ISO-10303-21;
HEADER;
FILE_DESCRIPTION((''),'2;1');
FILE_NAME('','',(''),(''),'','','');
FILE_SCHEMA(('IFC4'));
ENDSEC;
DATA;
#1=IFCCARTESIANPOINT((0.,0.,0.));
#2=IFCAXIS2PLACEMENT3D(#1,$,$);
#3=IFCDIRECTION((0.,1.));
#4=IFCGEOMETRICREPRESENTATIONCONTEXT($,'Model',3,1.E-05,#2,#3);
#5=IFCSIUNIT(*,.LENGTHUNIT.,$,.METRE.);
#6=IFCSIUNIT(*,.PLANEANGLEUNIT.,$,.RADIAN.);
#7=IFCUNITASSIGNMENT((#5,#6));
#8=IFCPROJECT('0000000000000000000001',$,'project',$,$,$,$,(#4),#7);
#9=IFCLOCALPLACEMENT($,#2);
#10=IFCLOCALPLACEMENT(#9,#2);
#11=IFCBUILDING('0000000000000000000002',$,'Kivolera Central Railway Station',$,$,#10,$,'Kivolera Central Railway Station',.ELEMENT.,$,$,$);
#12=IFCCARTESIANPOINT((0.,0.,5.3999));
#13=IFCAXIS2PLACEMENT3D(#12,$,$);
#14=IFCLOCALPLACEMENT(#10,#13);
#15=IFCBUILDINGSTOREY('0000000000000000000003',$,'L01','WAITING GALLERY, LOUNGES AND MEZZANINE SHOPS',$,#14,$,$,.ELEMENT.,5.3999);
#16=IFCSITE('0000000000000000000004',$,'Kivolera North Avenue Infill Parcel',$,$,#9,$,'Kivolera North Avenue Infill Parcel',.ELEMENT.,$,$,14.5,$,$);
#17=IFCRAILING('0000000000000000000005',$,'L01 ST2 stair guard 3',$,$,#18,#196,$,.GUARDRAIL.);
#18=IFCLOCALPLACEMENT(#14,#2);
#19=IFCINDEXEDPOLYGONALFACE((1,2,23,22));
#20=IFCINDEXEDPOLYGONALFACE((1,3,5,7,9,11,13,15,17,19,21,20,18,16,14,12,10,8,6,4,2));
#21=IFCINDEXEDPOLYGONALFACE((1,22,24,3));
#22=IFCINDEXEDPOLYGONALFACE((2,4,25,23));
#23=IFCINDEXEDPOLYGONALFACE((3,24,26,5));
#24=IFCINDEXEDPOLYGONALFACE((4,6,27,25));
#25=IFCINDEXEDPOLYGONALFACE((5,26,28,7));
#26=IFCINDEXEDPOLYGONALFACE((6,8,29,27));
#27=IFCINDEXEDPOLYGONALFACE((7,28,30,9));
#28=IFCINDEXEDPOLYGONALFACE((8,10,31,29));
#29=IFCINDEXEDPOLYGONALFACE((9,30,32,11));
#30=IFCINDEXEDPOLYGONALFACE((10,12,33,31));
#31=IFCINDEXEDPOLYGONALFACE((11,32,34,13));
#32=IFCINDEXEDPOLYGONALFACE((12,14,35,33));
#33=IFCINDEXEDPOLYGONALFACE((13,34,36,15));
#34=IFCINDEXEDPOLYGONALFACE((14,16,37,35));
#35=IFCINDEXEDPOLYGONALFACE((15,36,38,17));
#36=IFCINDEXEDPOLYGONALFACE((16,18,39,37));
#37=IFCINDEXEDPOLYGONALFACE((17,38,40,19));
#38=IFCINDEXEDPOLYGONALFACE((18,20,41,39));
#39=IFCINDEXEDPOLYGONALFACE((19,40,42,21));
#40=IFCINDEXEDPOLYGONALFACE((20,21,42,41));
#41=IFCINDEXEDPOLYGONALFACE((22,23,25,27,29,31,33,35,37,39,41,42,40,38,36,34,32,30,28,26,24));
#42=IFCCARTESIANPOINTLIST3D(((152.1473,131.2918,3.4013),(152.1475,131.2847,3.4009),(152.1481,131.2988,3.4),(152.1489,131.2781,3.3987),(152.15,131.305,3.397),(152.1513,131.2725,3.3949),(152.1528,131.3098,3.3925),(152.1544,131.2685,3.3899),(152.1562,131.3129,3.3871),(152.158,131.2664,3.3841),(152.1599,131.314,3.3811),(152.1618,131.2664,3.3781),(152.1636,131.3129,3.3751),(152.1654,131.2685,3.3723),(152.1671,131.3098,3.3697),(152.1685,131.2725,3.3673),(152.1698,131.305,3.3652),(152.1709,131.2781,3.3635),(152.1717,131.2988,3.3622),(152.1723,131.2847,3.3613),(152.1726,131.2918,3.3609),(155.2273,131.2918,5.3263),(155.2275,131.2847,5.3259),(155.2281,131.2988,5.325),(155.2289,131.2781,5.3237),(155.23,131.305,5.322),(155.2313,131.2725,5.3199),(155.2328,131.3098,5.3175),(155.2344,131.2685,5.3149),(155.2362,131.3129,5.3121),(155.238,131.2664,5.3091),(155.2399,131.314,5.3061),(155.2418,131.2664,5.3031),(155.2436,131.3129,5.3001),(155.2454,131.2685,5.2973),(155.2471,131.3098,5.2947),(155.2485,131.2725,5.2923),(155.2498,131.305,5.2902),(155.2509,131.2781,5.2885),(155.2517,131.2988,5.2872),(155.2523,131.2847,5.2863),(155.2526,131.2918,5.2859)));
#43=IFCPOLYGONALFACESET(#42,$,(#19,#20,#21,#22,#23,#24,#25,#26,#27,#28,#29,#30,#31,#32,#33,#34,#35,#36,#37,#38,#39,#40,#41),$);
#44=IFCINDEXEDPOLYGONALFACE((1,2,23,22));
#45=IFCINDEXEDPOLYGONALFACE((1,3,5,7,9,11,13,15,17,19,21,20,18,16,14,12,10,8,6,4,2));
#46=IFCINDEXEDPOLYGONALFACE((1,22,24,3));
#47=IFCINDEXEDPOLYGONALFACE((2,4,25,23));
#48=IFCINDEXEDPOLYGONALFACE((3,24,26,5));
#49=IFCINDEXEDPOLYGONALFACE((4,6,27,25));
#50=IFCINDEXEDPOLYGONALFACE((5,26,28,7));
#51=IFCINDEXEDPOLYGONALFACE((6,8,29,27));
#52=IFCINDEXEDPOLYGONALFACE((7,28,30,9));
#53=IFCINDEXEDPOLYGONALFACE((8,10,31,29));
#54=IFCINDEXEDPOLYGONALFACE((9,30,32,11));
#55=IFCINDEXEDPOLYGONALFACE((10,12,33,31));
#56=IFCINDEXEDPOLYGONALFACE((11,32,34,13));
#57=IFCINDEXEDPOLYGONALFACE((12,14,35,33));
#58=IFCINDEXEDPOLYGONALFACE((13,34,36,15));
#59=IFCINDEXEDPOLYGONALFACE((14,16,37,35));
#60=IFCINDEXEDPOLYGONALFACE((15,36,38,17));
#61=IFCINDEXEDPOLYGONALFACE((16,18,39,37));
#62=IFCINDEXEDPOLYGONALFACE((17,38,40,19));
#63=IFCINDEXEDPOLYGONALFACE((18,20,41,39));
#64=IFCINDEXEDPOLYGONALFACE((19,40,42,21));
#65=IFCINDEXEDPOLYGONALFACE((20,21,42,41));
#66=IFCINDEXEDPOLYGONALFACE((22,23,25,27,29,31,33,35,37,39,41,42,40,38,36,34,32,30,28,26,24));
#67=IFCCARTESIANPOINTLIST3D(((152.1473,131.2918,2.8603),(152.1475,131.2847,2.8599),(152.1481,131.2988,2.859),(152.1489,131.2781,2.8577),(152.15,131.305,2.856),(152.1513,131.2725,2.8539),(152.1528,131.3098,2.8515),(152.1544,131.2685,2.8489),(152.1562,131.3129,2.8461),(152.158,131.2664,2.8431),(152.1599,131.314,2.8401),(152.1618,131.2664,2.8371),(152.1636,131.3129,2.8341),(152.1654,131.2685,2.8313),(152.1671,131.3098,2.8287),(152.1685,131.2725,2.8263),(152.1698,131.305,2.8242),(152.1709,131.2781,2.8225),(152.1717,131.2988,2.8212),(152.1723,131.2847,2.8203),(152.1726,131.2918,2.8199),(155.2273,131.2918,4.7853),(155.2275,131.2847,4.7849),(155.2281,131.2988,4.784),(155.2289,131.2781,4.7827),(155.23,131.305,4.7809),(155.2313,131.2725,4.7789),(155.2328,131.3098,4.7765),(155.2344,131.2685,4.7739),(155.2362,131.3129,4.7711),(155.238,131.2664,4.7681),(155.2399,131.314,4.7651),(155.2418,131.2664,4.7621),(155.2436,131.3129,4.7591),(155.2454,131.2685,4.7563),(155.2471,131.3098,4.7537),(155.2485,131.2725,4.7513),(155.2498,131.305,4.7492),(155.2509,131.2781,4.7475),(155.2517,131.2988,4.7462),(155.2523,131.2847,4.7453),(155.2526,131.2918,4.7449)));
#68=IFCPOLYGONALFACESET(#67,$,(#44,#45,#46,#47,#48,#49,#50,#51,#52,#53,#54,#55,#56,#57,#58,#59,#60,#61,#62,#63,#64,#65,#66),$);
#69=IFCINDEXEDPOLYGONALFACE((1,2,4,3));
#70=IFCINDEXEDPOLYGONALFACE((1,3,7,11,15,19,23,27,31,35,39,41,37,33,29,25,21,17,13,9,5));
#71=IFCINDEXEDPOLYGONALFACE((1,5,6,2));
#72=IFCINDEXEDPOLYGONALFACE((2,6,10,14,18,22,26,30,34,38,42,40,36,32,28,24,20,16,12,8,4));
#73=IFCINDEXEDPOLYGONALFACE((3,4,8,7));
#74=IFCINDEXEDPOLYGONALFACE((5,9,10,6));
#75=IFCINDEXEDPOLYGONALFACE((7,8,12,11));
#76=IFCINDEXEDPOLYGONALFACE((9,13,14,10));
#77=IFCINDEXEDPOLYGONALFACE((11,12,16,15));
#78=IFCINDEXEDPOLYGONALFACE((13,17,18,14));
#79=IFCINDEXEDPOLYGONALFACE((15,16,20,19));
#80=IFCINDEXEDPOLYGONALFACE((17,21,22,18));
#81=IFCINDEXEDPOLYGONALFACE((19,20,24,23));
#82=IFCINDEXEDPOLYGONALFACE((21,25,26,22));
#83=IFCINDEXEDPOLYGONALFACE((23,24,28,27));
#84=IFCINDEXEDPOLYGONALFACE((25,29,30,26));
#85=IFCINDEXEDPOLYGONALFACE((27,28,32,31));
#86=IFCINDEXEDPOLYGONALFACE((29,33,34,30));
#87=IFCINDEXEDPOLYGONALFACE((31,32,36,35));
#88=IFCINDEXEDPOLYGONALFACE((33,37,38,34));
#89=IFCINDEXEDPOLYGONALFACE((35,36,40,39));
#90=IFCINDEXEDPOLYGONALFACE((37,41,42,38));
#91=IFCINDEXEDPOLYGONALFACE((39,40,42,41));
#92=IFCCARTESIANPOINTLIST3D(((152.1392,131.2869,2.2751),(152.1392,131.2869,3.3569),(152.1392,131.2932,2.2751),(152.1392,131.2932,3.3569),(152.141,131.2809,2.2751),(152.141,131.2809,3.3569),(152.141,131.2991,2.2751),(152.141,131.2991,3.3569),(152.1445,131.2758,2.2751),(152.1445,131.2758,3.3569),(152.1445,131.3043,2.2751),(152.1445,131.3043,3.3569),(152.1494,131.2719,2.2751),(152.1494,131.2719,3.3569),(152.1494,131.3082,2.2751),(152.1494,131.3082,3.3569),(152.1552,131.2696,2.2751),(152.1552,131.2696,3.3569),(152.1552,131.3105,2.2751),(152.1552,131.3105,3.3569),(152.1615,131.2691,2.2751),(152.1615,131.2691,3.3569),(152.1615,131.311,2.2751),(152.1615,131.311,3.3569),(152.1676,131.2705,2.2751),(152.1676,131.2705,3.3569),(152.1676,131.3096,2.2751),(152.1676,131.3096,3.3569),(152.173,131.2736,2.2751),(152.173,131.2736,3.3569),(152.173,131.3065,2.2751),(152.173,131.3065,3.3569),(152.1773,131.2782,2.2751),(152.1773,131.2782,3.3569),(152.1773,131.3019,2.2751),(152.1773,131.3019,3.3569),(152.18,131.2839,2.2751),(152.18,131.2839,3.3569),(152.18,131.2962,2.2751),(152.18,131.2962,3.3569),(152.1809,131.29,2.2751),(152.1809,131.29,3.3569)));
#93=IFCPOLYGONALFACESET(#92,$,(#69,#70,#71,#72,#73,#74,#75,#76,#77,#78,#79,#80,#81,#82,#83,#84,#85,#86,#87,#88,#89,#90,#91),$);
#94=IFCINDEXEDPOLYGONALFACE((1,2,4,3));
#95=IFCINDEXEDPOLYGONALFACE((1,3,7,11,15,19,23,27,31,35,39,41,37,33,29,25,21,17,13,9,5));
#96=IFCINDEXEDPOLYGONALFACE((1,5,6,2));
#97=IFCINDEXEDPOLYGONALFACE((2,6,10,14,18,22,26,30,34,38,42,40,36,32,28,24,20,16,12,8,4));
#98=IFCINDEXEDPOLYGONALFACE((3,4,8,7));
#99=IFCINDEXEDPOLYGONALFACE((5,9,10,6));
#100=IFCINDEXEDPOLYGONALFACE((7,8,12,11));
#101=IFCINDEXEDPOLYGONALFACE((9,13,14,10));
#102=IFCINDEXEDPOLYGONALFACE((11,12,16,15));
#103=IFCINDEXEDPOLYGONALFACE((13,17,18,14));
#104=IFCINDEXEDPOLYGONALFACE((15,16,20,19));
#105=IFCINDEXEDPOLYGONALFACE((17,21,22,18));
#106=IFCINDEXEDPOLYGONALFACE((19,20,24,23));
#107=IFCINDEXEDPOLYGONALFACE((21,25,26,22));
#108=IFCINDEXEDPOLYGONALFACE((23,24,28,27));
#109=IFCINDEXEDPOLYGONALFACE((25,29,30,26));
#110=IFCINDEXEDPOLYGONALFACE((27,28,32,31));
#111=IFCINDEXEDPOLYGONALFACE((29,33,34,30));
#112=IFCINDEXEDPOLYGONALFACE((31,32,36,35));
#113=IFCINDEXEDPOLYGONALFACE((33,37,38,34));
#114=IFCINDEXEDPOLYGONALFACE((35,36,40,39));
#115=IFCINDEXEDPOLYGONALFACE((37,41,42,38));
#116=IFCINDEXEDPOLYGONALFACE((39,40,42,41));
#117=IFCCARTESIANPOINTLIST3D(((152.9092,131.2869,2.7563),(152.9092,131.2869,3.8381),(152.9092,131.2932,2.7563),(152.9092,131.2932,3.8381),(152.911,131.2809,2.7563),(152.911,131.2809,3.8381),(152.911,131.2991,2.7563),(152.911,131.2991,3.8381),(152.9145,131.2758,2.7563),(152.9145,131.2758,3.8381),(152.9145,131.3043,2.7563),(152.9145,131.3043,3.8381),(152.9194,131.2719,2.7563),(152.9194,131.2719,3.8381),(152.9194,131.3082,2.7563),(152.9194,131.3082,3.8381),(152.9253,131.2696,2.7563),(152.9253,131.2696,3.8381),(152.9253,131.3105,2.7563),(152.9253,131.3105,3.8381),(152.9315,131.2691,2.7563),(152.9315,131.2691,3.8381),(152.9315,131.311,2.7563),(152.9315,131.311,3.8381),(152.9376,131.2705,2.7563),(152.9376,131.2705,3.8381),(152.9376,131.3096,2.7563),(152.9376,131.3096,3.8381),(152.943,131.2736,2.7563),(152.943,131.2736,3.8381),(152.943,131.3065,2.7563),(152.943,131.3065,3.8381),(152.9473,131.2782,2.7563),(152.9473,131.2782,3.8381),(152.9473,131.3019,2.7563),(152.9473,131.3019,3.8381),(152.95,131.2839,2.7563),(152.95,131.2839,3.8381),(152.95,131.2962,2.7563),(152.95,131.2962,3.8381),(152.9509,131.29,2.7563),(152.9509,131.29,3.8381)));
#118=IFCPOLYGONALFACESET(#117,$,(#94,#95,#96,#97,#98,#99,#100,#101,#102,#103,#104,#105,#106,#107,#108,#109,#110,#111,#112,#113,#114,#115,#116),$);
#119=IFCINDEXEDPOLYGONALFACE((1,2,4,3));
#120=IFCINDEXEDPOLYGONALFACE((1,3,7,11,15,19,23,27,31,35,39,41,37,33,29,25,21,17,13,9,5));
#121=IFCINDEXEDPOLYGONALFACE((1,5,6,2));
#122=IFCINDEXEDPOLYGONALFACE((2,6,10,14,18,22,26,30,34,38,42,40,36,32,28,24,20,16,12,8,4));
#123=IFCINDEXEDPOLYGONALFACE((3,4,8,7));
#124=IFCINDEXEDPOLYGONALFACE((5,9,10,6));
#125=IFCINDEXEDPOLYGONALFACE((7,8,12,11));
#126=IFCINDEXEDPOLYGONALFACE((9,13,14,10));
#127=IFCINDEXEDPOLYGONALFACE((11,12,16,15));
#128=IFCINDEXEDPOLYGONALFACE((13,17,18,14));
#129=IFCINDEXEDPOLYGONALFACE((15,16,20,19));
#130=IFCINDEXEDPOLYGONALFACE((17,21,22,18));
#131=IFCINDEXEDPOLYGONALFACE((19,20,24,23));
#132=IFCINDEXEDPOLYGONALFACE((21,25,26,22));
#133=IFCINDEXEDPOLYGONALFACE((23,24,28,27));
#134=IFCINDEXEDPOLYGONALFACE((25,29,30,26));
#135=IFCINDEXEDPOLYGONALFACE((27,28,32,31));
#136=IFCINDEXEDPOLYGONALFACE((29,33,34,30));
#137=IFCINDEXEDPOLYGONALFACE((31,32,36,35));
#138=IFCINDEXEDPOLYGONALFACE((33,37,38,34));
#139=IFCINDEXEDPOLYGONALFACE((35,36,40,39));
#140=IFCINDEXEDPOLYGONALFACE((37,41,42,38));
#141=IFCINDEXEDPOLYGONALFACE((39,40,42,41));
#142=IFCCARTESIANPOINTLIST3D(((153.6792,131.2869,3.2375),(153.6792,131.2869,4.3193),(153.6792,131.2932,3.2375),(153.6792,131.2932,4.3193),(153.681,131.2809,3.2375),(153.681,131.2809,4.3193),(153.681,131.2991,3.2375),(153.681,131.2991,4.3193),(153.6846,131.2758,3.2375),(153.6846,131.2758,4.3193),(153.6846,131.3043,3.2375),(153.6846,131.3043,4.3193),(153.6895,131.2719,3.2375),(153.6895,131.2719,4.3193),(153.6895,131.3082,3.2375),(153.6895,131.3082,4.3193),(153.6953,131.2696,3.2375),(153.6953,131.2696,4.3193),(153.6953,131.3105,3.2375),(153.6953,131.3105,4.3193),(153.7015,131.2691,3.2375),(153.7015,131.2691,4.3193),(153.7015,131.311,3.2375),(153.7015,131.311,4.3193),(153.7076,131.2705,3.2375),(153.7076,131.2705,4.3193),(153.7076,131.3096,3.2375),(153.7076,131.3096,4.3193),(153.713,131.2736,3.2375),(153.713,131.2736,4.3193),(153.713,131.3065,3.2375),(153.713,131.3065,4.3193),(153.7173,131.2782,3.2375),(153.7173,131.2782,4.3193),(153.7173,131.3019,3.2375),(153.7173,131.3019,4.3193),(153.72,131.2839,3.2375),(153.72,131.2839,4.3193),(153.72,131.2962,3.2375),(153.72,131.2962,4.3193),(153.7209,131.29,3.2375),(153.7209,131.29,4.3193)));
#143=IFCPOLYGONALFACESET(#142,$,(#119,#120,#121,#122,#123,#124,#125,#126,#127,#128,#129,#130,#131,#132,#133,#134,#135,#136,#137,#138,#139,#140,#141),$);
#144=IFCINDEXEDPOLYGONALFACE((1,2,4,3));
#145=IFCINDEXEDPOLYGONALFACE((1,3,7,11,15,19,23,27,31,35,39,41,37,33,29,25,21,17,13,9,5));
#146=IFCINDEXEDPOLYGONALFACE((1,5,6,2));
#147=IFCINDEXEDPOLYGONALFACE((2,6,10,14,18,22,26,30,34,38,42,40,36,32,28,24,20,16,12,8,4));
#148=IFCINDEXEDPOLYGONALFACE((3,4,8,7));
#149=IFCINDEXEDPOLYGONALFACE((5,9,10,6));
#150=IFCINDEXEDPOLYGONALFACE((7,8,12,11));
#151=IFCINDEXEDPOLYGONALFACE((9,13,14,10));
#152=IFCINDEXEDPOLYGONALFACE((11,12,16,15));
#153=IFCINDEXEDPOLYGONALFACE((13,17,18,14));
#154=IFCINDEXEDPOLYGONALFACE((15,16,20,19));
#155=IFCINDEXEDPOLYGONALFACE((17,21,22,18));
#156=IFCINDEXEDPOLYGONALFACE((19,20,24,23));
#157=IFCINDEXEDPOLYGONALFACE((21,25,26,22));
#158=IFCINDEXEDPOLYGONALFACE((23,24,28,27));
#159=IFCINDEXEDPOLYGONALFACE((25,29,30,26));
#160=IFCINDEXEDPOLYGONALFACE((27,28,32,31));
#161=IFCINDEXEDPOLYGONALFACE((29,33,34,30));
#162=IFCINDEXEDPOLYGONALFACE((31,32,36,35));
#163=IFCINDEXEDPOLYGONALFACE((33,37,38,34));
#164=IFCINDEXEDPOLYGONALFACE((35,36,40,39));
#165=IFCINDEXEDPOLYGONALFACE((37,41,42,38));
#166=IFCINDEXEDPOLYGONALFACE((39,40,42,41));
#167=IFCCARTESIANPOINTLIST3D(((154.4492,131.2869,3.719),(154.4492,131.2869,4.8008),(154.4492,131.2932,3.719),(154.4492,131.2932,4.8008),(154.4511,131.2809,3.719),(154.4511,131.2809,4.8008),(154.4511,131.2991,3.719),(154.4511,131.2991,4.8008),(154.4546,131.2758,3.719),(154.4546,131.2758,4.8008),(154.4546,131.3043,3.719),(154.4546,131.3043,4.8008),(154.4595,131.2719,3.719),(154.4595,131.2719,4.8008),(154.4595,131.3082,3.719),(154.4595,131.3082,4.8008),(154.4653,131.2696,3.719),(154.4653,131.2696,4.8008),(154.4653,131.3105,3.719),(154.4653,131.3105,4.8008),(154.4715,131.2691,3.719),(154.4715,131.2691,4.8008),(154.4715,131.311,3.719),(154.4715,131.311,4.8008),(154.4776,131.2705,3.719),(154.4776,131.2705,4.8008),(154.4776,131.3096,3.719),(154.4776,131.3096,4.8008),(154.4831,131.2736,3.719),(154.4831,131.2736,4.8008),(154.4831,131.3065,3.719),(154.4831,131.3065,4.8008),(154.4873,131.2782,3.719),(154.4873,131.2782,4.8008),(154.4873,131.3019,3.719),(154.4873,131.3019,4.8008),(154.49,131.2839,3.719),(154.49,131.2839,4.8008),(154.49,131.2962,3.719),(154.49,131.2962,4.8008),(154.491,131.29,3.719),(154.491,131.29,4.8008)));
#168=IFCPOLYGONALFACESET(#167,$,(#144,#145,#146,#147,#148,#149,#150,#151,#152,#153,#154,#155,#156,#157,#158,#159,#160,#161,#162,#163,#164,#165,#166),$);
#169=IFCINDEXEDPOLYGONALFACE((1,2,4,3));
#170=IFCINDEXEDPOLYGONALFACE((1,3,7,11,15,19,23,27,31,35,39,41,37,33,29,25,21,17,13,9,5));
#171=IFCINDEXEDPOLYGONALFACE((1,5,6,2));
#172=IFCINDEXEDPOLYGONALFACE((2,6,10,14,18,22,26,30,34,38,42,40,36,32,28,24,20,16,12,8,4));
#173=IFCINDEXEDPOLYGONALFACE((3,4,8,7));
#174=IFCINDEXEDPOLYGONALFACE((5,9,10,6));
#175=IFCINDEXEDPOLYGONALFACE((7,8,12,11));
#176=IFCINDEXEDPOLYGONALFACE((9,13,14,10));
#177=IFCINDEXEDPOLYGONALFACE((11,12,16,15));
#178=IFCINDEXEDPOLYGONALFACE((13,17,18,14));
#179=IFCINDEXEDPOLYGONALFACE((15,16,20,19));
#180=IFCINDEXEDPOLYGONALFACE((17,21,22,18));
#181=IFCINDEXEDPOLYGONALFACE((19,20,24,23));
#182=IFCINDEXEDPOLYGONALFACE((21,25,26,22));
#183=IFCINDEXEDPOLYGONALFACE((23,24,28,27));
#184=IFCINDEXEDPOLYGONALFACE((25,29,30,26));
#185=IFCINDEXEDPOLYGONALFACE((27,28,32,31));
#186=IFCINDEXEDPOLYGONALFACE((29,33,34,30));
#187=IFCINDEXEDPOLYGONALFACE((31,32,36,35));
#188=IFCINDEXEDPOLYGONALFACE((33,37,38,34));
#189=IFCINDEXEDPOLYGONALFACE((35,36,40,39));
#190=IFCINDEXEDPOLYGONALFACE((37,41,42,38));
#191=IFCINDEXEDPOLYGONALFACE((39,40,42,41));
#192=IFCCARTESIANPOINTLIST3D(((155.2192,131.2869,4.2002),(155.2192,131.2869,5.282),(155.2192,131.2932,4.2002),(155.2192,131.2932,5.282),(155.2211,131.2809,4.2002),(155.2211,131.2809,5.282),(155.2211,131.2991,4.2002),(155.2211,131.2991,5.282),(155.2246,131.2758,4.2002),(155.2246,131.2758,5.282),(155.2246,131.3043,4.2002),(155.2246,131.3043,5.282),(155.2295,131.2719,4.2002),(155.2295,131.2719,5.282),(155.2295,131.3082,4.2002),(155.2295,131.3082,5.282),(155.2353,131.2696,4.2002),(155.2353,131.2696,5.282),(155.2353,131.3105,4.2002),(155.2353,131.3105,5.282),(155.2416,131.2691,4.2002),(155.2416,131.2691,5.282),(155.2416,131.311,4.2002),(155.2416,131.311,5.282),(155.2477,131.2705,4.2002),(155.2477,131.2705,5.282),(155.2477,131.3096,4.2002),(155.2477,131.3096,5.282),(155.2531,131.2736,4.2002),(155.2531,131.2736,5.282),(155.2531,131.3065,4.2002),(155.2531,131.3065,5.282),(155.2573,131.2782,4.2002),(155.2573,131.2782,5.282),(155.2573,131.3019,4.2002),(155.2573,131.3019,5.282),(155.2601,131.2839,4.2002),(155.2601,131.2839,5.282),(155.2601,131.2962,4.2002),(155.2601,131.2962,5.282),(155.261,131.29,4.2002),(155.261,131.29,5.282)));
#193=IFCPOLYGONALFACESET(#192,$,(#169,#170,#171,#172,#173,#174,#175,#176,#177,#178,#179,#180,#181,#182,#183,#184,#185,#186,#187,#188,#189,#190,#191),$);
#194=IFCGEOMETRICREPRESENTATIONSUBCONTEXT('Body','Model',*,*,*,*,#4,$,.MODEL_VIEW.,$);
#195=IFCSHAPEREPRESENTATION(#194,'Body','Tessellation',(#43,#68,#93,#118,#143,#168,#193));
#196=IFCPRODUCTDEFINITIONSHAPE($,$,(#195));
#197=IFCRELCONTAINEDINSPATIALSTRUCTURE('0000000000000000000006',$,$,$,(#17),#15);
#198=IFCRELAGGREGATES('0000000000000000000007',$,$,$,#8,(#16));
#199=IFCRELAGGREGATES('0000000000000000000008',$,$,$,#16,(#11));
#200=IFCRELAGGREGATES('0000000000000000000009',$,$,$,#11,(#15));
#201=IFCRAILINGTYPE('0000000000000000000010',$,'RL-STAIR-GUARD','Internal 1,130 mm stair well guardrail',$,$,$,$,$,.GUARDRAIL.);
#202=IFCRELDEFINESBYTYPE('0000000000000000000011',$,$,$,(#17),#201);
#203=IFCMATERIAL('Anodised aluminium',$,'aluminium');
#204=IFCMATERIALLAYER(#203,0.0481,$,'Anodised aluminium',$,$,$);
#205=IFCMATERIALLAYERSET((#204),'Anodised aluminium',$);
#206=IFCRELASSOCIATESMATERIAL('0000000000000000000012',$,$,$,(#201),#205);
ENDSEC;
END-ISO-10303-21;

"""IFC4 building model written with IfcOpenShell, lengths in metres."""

from ifc_helpers import new_model, si_unit, direction, frame, origin, origin_2d, place, context, subcontext, project, spatial, circle, extrude, material, layer, layer_set, type_object, element, save


model = new_model("IFC4")

# Units and contexts
model_context = context("Model", 3, precision=1e-05, world=origin(), true_north=direction((0.0, 1.0)))
body_context = subcontext(model_context, "Body", "Model", "MODEL_VIEW")
ifc_project = project(units=[si_unit("LENGTHUNIT", "METRE"), si_unit("PLANEANGLEUNIT", "RADIAN")], contexts=[model_context])

# Site, building, storey
site_placement = place(None, origin())
site = spatial("IfcSite", under=ifc_project, at=site_placement, Name="Kivolera North Avenue Infill Parcel", LongName="Kivolera North Avenue Infill Parcel", CompositionType="ELEMENT", RefElevation=14.5)
building_placement = place(site_placement, origin())
building = spatial("IfcBuilding", under=site, at=building_placement, Name="Kivolera Central Railway Station", LongName="Kivolera Central Railway Station", CompositionType="ELEMENT")
storey_placement = place(building_placement, frame((0.0, 0.0, 5.3999)))
storey = spatial("IfcBuildingStorey", under=building, at=storey_placement, Name="L01", Description="WAITING GALLERY, LOUNGES AND MEZZANINE SHOPS", CompositionType="ELEMENT", Elevation=5.3999)

# Shared definitions
ifc_material_1 = material(Name="Anodised aluminium", Category="aluminium")

# Railing
ifc_layer_1 = layer(ifc_material_1, 0.0481, Name="Anodised aluminium")
ifc_layer_set_1 = layer_set([ifc_layer_1], Name="Anodised aluminium")
railing_type_1 = type_object("IfcRailingType", Name="RL-STAIR-GUARD", Description="Internal 1,130 mm stair well guardrail", PredefinedType="GUARDRAIL", material=ifc_layer_set_1)
railing_1_placement = place(storey_placement, frame((152.1599, 131.29, 2.2751)))
element("IfcRailing", 1, at=railing_1_placement, inside=storey, type_object=railing_type_1, Name="L01 ST2 stair guard 3", PredefinedType="GUARDRAIL", context=body_context, shape_type="SweptSolid", body=[
    extrude(circle(Radius=0.0239, at=origin_2d()), frame((0.0, 0.0, 1.106), z_axis=(0.847998, 0.0, 0.529999), x_axis=(0.0, 1.0, 0.0)), (0.0, 0.0, 1.0), 3.6321),
    extrude(circle(Radius=0.0239, at=origin_2d()), frame((0.0, 0.0, 0.5649), z_axis=(0.847998, 0.0, 0.529999), x_axis=(0.0, 1.0, 0.0)), (0.0, 0.0, 1.0), 3.6321),
    extrude(circle(Radius=0.021, at=origin_2d()), origin(), (0.0, 0.0, 1.0), 1.0818),
    extrude(circle(Radius=0.021, at=origin_2d()), frame((0.77, 0.0, 0.4812)), (0.0, 0.0, 1.0), 1.0818),
    extrude(circle(Radius=0.021, at=origin_2d()), frame((1.54, 0.0, 0.9624)), (0.0, 0.0, 1.0), 1.0818),
    extrude(circle(Radius=0.021, at=origin_2d()), frame((2.3101, 0.0, 1.4438)), (0.0, 0.0, 1.0), 1.0818),
    extrude(circle(Radius=0.021, at=origin_2d()), frame((3.0801, 0.0, 1.925)), (0.0, 0.0, 1.0), 1.0818),
])

save(model, "model.ifc")
